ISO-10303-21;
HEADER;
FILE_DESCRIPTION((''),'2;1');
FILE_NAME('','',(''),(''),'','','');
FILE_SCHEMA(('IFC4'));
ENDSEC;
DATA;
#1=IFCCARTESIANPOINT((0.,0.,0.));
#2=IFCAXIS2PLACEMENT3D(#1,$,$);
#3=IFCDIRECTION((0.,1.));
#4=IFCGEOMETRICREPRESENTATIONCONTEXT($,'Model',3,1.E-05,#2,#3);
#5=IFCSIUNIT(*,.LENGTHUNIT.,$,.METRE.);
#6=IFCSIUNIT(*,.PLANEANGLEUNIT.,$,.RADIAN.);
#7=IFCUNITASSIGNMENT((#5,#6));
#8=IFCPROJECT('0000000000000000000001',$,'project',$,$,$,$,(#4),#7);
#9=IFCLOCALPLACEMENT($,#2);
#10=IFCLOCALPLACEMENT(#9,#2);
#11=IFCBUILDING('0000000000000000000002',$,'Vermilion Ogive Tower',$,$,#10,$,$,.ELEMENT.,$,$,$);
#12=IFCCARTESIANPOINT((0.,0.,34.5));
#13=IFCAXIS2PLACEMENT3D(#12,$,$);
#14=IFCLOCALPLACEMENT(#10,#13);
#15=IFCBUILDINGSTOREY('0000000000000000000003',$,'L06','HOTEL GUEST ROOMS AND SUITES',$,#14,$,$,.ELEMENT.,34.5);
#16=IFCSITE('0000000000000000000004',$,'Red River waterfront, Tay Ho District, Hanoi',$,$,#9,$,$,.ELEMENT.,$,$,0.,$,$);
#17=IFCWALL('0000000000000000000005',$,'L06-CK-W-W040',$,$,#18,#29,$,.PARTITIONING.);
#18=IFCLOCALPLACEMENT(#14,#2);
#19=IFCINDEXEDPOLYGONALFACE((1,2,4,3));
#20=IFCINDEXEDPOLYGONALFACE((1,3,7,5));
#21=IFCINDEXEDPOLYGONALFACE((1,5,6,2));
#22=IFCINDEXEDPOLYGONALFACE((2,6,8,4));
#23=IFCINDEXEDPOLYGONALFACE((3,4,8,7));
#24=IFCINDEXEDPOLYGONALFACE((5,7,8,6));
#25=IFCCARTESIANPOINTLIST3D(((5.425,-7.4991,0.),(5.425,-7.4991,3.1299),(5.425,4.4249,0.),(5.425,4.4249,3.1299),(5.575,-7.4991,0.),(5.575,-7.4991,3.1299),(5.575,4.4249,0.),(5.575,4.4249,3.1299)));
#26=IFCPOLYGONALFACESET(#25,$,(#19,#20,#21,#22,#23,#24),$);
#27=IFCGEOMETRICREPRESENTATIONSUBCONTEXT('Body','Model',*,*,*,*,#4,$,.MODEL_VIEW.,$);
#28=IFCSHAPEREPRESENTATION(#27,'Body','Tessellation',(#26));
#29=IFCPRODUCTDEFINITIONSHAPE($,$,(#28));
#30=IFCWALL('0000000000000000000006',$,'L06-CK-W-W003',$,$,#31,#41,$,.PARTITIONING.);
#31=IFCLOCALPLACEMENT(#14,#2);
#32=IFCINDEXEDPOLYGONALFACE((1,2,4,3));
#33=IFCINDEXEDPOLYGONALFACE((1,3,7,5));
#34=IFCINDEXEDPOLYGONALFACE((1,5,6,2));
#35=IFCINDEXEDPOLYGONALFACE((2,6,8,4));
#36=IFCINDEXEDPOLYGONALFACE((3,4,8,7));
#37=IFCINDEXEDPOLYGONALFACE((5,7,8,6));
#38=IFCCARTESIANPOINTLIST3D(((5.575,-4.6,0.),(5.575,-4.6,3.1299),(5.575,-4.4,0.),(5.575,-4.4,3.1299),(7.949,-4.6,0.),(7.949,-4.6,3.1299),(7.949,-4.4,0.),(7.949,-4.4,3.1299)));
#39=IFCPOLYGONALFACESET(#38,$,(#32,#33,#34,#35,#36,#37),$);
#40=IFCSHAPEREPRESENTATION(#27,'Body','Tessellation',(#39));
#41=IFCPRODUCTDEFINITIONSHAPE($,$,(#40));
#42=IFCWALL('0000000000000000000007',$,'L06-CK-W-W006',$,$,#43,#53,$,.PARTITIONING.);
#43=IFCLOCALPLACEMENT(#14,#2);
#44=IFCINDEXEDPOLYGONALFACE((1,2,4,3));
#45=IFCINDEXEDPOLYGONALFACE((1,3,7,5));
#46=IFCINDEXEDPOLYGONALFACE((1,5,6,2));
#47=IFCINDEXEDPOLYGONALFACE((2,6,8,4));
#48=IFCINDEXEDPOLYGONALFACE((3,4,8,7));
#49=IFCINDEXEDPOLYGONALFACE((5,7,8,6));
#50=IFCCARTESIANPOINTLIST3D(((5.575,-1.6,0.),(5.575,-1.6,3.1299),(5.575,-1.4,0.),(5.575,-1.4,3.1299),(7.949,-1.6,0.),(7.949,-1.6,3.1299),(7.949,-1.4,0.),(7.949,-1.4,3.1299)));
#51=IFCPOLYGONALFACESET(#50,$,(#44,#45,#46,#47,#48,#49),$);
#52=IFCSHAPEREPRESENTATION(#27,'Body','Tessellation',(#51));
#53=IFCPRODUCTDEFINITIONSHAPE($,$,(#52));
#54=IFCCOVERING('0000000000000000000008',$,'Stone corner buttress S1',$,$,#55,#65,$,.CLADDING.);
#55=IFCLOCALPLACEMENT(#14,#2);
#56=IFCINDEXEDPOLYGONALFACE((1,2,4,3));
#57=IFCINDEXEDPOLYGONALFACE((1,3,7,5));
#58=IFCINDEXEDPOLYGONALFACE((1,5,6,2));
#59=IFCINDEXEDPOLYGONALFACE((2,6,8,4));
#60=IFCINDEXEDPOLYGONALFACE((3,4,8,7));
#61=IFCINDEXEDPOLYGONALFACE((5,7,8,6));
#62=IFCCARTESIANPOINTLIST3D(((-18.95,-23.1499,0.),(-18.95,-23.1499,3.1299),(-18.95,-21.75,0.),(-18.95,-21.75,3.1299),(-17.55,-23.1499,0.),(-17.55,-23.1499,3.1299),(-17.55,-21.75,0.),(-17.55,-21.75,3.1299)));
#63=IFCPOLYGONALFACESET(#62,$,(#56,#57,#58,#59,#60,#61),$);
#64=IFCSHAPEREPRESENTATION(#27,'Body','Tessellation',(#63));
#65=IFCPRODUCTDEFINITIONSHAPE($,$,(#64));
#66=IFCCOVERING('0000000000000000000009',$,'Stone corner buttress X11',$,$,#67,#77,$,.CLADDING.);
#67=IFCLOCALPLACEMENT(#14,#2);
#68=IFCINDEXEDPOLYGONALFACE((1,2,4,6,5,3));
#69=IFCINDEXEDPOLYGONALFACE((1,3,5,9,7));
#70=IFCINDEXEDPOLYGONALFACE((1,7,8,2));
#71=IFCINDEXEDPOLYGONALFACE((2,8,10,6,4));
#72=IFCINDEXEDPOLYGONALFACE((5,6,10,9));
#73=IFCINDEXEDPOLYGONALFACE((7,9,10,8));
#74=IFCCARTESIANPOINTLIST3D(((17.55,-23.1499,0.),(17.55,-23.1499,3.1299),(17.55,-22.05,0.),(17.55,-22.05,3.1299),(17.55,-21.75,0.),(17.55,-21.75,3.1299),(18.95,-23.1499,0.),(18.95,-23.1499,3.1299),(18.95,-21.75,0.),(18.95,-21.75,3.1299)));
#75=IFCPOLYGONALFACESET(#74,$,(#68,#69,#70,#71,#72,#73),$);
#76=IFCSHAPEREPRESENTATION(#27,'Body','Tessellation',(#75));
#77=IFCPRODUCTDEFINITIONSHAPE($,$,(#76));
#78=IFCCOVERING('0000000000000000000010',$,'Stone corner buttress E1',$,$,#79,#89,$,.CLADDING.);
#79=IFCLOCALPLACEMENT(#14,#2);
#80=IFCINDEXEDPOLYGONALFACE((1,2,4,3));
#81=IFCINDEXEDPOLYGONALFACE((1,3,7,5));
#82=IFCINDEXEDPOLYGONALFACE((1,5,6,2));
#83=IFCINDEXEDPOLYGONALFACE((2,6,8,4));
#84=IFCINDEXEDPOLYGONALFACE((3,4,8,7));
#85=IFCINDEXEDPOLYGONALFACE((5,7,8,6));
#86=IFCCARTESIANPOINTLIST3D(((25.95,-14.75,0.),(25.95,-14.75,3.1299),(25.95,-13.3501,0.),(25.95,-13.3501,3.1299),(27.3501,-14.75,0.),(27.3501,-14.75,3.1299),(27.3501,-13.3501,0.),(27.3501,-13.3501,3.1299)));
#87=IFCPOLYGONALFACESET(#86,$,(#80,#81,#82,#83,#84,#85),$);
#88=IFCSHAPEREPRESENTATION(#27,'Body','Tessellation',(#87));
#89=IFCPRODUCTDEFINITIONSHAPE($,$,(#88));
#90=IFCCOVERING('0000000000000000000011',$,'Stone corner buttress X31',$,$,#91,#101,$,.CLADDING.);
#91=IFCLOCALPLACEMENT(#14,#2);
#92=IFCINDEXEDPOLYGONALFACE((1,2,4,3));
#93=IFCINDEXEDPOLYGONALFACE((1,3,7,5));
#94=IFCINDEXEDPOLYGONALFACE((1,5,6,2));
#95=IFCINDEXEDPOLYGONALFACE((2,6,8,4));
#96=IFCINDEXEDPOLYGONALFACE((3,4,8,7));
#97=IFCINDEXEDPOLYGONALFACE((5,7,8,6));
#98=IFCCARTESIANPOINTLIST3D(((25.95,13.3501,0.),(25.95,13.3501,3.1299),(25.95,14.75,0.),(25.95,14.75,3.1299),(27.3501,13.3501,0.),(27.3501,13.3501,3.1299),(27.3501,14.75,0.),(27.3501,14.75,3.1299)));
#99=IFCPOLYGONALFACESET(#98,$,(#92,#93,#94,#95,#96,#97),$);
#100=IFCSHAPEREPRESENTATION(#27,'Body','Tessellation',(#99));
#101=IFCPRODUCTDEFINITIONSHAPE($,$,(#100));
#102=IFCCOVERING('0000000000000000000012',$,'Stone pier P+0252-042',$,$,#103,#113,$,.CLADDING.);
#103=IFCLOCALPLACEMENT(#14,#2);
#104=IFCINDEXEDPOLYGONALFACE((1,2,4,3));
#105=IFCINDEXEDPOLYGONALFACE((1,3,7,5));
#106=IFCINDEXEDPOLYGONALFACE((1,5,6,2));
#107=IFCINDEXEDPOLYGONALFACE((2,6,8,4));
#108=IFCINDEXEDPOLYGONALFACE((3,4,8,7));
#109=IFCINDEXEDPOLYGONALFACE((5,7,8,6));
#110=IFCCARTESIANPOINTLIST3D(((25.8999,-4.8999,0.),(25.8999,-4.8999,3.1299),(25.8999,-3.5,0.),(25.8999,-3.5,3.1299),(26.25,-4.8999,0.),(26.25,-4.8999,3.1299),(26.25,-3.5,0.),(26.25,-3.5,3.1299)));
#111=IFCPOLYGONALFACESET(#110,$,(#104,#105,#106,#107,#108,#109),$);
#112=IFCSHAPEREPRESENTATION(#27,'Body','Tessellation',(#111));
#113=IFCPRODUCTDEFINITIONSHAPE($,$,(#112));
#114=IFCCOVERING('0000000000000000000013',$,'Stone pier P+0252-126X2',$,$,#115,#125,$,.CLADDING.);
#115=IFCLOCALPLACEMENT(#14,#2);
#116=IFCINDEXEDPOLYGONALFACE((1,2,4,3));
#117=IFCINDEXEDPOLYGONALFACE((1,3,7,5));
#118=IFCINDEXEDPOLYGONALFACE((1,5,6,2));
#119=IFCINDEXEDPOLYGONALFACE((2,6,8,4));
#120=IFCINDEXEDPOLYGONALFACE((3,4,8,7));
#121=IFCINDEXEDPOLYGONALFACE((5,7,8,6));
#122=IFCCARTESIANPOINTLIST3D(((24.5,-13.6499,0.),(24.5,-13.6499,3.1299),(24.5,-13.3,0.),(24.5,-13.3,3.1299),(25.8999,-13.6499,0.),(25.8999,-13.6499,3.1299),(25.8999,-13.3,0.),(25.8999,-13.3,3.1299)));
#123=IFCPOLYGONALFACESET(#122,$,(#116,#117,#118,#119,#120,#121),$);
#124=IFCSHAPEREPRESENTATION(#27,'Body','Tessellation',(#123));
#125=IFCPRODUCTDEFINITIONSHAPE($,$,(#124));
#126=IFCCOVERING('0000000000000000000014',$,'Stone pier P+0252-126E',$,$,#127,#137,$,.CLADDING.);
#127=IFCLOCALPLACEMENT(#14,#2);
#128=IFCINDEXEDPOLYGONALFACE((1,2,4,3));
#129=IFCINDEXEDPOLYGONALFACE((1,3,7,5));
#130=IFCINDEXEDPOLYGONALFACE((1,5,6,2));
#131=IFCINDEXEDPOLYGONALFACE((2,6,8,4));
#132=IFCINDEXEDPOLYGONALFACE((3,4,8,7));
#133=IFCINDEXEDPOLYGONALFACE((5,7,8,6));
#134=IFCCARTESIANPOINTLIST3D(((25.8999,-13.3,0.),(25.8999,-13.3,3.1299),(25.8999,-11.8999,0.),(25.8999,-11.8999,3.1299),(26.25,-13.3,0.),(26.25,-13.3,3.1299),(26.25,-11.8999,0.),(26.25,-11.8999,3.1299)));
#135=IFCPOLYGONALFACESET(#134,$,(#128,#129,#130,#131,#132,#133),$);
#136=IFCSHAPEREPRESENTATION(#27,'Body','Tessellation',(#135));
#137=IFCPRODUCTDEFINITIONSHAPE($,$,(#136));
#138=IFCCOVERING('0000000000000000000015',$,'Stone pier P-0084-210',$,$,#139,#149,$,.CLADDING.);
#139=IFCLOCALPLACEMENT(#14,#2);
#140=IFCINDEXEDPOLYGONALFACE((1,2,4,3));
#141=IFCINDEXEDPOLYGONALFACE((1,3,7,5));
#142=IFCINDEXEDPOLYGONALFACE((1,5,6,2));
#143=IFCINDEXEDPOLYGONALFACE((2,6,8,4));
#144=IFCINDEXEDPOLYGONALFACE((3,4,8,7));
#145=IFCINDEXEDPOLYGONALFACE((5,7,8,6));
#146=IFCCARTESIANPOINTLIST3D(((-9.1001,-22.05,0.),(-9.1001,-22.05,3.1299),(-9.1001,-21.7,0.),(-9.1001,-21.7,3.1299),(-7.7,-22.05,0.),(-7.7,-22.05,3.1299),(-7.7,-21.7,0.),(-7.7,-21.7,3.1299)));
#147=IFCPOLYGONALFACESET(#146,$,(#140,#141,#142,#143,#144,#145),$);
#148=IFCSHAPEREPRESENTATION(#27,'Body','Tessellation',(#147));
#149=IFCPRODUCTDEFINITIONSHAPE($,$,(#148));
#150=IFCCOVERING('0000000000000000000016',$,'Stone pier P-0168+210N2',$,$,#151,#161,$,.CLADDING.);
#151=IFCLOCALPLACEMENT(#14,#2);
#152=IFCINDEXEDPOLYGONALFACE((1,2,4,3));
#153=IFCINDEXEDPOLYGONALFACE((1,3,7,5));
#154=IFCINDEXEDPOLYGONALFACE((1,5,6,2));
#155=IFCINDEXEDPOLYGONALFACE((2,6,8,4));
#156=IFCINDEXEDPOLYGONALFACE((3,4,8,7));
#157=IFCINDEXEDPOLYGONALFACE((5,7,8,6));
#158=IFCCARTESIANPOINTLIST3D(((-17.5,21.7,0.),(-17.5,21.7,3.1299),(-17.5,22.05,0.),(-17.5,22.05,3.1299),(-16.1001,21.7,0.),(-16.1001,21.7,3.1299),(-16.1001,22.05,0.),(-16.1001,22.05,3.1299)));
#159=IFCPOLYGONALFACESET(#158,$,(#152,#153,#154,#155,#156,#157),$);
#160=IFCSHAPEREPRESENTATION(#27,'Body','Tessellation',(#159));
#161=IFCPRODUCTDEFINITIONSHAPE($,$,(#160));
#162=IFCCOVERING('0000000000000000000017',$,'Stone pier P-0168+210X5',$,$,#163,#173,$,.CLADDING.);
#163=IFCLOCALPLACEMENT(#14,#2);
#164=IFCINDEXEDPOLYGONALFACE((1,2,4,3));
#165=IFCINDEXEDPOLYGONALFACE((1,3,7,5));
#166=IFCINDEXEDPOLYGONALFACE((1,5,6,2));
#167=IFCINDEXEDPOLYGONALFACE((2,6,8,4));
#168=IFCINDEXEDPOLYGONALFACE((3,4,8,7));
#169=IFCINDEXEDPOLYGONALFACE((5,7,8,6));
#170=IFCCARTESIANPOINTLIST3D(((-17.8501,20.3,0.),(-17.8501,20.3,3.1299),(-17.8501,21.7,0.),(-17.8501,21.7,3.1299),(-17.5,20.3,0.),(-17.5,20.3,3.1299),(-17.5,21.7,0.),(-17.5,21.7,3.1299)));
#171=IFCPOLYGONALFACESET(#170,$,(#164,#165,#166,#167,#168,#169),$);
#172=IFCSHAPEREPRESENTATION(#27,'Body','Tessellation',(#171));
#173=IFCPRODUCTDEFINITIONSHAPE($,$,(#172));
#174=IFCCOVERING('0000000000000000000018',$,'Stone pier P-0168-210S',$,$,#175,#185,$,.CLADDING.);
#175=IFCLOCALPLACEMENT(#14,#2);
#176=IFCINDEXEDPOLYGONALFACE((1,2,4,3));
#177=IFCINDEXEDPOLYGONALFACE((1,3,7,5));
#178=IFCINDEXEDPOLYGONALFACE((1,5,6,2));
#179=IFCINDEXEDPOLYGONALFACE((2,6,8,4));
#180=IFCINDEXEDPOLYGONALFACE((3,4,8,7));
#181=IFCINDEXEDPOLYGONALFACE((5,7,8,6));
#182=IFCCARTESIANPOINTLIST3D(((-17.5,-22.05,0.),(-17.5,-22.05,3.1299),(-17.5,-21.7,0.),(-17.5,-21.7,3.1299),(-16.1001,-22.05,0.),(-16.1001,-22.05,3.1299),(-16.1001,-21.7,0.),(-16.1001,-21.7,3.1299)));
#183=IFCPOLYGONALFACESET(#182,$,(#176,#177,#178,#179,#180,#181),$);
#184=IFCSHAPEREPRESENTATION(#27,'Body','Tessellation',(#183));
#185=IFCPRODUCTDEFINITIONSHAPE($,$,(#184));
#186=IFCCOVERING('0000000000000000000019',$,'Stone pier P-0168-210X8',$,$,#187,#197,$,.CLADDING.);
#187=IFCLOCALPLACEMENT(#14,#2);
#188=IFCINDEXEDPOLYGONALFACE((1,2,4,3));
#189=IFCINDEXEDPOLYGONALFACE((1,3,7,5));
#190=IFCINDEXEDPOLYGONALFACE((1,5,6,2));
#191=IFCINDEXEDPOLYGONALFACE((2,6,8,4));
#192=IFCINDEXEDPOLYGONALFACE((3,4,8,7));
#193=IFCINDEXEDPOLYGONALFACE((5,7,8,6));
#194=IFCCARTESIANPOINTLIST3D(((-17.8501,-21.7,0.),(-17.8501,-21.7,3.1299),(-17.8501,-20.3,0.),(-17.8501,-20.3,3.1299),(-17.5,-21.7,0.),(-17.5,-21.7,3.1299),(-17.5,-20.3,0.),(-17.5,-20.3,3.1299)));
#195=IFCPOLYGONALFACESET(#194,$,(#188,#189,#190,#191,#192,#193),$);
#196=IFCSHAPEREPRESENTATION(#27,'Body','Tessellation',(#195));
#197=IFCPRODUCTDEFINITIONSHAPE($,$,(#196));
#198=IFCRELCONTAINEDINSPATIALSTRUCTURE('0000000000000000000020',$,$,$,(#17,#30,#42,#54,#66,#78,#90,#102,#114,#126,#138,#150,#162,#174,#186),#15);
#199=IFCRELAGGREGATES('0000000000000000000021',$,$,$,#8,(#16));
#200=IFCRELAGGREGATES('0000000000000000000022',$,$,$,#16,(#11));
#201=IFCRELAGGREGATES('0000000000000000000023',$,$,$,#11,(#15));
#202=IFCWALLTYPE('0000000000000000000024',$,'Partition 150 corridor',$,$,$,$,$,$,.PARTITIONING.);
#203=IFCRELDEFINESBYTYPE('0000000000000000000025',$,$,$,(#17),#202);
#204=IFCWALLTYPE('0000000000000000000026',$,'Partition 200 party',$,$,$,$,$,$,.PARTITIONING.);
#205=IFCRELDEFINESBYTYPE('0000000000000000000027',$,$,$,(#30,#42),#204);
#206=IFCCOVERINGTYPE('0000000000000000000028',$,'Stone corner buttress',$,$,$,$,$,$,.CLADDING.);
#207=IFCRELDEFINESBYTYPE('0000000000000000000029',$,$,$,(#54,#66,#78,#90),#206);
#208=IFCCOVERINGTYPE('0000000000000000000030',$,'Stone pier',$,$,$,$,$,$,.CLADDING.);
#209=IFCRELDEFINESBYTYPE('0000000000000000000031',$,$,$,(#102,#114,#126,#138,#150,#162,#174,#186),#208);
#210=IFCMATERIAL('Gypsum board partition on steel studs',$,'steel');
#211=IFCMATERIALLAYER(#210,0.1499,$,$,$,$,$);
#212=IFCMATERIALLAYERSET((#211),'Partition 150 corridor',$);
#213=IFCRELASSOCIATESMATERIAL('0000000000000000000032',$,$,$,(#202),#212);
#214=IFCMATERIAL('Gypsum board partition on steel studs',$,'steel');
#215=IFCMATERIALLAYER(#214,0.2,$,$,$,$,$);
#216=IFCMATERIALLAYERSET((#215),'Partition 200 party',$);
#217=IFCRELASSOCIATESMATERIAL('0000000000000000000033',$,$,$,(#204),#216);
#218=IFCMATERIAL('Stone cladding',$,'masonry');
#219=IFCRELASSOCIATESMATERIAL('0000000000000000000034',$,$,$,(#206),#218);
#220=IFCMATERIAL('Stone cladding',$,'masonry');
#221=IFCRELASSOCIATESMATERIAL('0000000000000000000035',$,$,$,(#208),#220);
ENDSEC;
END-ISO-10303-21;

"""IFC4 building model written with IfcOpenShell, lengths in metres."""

from ifc_helpers import new_model, si_unit, direction, frame, frame_2d, origin, place, context, subcontext, project, spatial, polyline, rectangle, outline, extrude, material, layer, layer_set, type_object, element, save


model = new_model("IFC4")

# Units and contexts
model_context = context("Model", 3, precision=1e-05, world=origin(), true_north=direction((0.0, 1.0)))
body_context = subcontext(model_context, "Body", "Model", "MODEL_VIEW")
ifc_project = project(units=[si_unit("LENGTHUNIT", "METRE"), si_unit("PLANEANGLEUNIT", "RADIAN")], contexts=[model_context])

# Site, building, storey
site_placement = place(None, origin())
site = spatial("IfcSite", under=ifc_project, at=site_placement, Name="Red River waterfront, Tay Ho District, Hanoi", CompositionType="ELEMENT", RefElevation=0.0)
building_placement = place(site_placement, origin())
building = spatial("IfcBuilding", under=site, at=building_placement, Name="Vermilion Ogive Tower", CompositionType="ELEMENT")
storey_placement = place(building_placement, frame((0.0, 0.0, 34.5)))
storey = spatial("IfcBuildingStorey", under=building, at=storey_placement, Name="L06", Description="HOTEL GUEST ROOMS AND SUITES", CompositionType="ELEMENT", Elevation=34.5)

# Walls
ifc_material_1 = material(Name="Gypsum board partition on steel studs", Category="steel")
ifc_layer_1 = layer(ifc_material_1, 0.1499)
ifc_layer_set_1 = layer_set([ifc_layer_1], Name="Partition 150 corridor")
wall_type_1 = type_object("IfcWallType", Name="Partition 150 corridor", PredefinedType="PARTITIONING", material=ifc_layer_set_1)
wall_placement = place(storey_placement, frame((5.5, -7.499, 0.0), z_axis=(0.0, 0.0, 1.0), x_axis=(0.0, 1.0, 0.0)))
element("IfcWall", 1, at=wall_placement, inside=storey, type_object=wall_type_1, Name="L06-CK-W-W040", PredefinedType="PARTITIONING", context=body_context, shape_type="SweptSolid", body=[
    extrude(rectangle(XDim=11.9241, YDim=0.1499, at=frame_2d((5.9619, 0.0))), origin(), (0.0, 0.0, 1.0), 3.1299),
])
ifc_material_2 = material(Name="Gypsum board partition on steel studs", Category="steel")
ifc_layer_2 = layer(ifc_material_2, 0.2)
ifc_layer_set_2 = layer_set([ifc_layer_2], Name="Partition 200 party")
wall_type_2 = type_object("IfcWallType", Name="Partition 200 party", PredefinedType="PARTITIONING", material=ifc_layer_set_2)
for number, where, z_axis, x_axis, name in (
    (2, (5.575, -4.5, 0.0), (0.0, 0.0, 1.0), (1.0, 0.0, 0.0), "L06-CK-W-W003"),
    (3, (5.575, -1.5, 0.0), (0.0, 0.0, 1.0), (1.0, 0.0, 0.0), "L06-CK-W-W006"),
):
    element("IfcWall", number, at=place(storey_placement, frame(where, z_axis=z_axis, x_axis=x_axis)), inside=storey, type_object=wall_type_2, Name=name, PredefinedType="PARTITIONING", context=body_context, shape_type="SweptSolid", body=[
        extrude(rectangle(XDim=2.374, YDim=0.2, at=frame_2d((1.187, 0.0))), origin(), (0.0, 0.0, 1.0), 3.1299),
    ])

# Coverings
ifc_material_3 = material(Name="Stone cladding", Category="masonry")
covering_type_1 = type_object("IfcCoveringType", Name="Stone corner buttress", PredefinedType="CLADDING", material=ifc_material_3)
covering_1_placement = place(storey_placement, origin())
element("IfcCovering", 4, at=covering_1_placement, inside=storey, type_object=covering_type_1, Name="Stone corner buttress S1", PredefinedType="CLADDING", context=body_context, shape_type="SweptSolid", body=[
    extrude(outline(polyline([(-18.95, -23.1499), (-18.95, -21.75), (-17.55, -21.75), (-17.55, -23.1499), (-18.95, -23.1499)])), origin(), (0.0, 0.0, 1.0), 3.1299),
])
covering_2_placement = place(storey_placement, origin())
element("IfcCovering", 5, at=covering_2_placement, inside=storey, type_object=covering_type_1, Name="Stone corner buttress X11", PredefinedType="CLADDING", context=body_context, shape_type="SweptSolid", body=[
    extrude(outline(polyline([(18.95, -21.75), (18.95, -23.1499), (17.55, -23.1499), (17.55, -22.05), (17.55, -21.75), (18.95, -21.75)])), origin(), (0.0, 0.0, 1.0), 3.1299),
])
covering_3_placement = place(storey_placement, origin())
element("IfcCovering", 6, at=covering_3_placement, inside=storey, type_object=covering_type_1, Name="Stone corner buttress E1", PredefinedType="CLADDING", context=body_context, shape_type="SweptSolid", body=[
    extrude(outline(polyline([(27.3501, -14.75), (25.95, -14.75), (25.95, -13.3501), (27.3501, -13.3501), (27.3501, -14.75)])), origin(), (0.0, 0.0, 1.0), 3.1299),
])
covering_4_placement = place(storey_placement, origin())
element("IfcCovering", 7, at=covering_4_placement, inside=storey, type_object=covering_type_1, Name="Stone corner buttress X31", PredefinedType="CLADDING", context=body_context, shape_type="SweptSolid", body=[
    extrude(outline(polyline([(27.3501, 14.75), (27.3501, 13.3501), (25.95, 13.3501), (25.95, 14.75), (27.3501, 14.75)])), origin(), (0.0, 0.0, 1.0), 3.1299),
])
ifc_material_4 = material(Name="Stone cladding", Category="masonry")
covering_type_2 = type_object("IfcCoveringType", Name="Stone pier", PredefinedType="CLADDING", material=ifc_material_4)
covering_5_placement = place(storey_placement, origin())
element("IfcCovering", 8, at=covering_5_placement, inside=storey, type_object=covering_type_2, Name="Stone pier P+0252-042", PredefinedType="CLADDING", context=body_context, shape_type="SweptSolid", body=[
    extrude(outline(polyline([(26.25, -3.5), (26.25, -4.8999), (25.8999, -4.8999), (25.8999, -3.5), (26.25, -3.5)])), origin(), (0.0, 0.0, 1.0), 3.1299),
])
covering_6_placement = place(storey_placement, origin())
element("IfcCovering", 9, at=covering_6_placement, inside=storey, type_object=covering_type_2, Name="Stone pier P+0252-126X2", PredefinedType="CLADDING", context=body_context, shape_type="SweptSolid", body=[
    extrude(outline(polyline([(25.8999, -13.3), (25.8999, -13.6499), (24.5, -13.6499), (24.5, -13.3), (24.5, -13.3), (25.8999, -13.3)])), origin(), (0.0, 0.0, 1.0), 3.1299),
])
covering_7_placement = place(storey_placement, origin())
element("IfcCovering", 10, at=covering_7_placement, inside=storey, type_object=covering_type_2, Name="Stone pier P+0252-126E", PredefinedType="CLADDING", context=body_context, shape_type="SweptSolid", body=[
    extrude(outline(polyline([(26.25, -13.3), (25.8999, -13.3), (25.8999, -11.8999), (26.25, -11.8999), (26.25, -13.3)])), origin(), (0.0, 0.0, 1.0), 3.1299),
])
covering_8_placement = place(storey_placement, origin())
element("IfcCovering", 11, at=covering_8_placement, inside=storey, type_object=covering_type_2, Name="Stone pier P-0084-210", PredefinedType="CLADDING", context=body_context, shape_type="SweptSolid", body=[
    extrude(outline(polyline([(-7.7, -22.05), (-9.1001, -22.05), (-9.1001, -21.7), (-7.7, -21.7), (-7.7, -22.05)])), origin(), (0.0, 0.0, 1.0), 3.1299),
])
covering_9_placement = place(storey_placement, origin())
element("IfcCovering", 12, at=covering_9_placement, inside=storey, type_object=covering_type_2, Name="Stone pier P-0168+210N2", PredefinedType="CLADDING", context=body_context, shape_type="SweptSolid", body=[
    extrude(outline(polyline([(-17.5, 21.7), (-17.5, 22.05), (-16.1001, 22.05), (-16.1001, 21.7), (-17.5, 21.7), (-17.5, 21.7)])), origin(), (0.0, 0.0, 1.0), 3.1299),
])
covering_10_placement = place(storey_placement, origin())
element("IfcCovering", 13, at=covering_10_placement, inside=storey, type_object=covering_type_2, Name="Stone pier P-0168+210X5", PredefinedType="CLADDING", context=body_context, shape_type="SweptSolid", body=[
    extrude(outline(polyline([(-17.8501, 21.7), (-17.5, 21.7), (-17.5, 21.7), (-17.5, 20.3), (-17.8501, 20.3), (-17.8501, 21.7)])), origin(), (0.0, 0.0, 1.0), 3.1299),
])
covering_11_placement = place(storey_placement, origin())
element("IfcCovering", 14, at=covering_11_placement, inside=storey, type_object=covering_type_2, Name="Stone pier P-0168-210S", PredefinedType="CLADDING", context=body_context, shape_type="SweptSolid", body=[
    extrude(outline(polyline([(-16.1001, -22.05), (-17.5, -22.05), (-17.5, -21.7), (-16.1001, -21.7), (-16.1001, -22.05)])), origin(), (0.0, 0.0, 1.0), 3.1299),
])
covering_12_placement = place(storey_placement, origin())
element("IfcCovering", 15, at=covering_12_placement, inside=storey, type_object=covering_type_2, Name="Stone pier P-0168-210X8", PredefinedType="CLADDING", context=body_context, shape_type="SweptSolid", body=[
    extrude(outline(polyline([(-17.8501, -20.3), (-17.5, -20.3), (-17.5, -21.7), (-17.8501, -21.7), (-17.8501, -20.3)])), origin(), (0.0, 0.0, 1.0), 3.1299),
])

save(model, "model.ifc")
